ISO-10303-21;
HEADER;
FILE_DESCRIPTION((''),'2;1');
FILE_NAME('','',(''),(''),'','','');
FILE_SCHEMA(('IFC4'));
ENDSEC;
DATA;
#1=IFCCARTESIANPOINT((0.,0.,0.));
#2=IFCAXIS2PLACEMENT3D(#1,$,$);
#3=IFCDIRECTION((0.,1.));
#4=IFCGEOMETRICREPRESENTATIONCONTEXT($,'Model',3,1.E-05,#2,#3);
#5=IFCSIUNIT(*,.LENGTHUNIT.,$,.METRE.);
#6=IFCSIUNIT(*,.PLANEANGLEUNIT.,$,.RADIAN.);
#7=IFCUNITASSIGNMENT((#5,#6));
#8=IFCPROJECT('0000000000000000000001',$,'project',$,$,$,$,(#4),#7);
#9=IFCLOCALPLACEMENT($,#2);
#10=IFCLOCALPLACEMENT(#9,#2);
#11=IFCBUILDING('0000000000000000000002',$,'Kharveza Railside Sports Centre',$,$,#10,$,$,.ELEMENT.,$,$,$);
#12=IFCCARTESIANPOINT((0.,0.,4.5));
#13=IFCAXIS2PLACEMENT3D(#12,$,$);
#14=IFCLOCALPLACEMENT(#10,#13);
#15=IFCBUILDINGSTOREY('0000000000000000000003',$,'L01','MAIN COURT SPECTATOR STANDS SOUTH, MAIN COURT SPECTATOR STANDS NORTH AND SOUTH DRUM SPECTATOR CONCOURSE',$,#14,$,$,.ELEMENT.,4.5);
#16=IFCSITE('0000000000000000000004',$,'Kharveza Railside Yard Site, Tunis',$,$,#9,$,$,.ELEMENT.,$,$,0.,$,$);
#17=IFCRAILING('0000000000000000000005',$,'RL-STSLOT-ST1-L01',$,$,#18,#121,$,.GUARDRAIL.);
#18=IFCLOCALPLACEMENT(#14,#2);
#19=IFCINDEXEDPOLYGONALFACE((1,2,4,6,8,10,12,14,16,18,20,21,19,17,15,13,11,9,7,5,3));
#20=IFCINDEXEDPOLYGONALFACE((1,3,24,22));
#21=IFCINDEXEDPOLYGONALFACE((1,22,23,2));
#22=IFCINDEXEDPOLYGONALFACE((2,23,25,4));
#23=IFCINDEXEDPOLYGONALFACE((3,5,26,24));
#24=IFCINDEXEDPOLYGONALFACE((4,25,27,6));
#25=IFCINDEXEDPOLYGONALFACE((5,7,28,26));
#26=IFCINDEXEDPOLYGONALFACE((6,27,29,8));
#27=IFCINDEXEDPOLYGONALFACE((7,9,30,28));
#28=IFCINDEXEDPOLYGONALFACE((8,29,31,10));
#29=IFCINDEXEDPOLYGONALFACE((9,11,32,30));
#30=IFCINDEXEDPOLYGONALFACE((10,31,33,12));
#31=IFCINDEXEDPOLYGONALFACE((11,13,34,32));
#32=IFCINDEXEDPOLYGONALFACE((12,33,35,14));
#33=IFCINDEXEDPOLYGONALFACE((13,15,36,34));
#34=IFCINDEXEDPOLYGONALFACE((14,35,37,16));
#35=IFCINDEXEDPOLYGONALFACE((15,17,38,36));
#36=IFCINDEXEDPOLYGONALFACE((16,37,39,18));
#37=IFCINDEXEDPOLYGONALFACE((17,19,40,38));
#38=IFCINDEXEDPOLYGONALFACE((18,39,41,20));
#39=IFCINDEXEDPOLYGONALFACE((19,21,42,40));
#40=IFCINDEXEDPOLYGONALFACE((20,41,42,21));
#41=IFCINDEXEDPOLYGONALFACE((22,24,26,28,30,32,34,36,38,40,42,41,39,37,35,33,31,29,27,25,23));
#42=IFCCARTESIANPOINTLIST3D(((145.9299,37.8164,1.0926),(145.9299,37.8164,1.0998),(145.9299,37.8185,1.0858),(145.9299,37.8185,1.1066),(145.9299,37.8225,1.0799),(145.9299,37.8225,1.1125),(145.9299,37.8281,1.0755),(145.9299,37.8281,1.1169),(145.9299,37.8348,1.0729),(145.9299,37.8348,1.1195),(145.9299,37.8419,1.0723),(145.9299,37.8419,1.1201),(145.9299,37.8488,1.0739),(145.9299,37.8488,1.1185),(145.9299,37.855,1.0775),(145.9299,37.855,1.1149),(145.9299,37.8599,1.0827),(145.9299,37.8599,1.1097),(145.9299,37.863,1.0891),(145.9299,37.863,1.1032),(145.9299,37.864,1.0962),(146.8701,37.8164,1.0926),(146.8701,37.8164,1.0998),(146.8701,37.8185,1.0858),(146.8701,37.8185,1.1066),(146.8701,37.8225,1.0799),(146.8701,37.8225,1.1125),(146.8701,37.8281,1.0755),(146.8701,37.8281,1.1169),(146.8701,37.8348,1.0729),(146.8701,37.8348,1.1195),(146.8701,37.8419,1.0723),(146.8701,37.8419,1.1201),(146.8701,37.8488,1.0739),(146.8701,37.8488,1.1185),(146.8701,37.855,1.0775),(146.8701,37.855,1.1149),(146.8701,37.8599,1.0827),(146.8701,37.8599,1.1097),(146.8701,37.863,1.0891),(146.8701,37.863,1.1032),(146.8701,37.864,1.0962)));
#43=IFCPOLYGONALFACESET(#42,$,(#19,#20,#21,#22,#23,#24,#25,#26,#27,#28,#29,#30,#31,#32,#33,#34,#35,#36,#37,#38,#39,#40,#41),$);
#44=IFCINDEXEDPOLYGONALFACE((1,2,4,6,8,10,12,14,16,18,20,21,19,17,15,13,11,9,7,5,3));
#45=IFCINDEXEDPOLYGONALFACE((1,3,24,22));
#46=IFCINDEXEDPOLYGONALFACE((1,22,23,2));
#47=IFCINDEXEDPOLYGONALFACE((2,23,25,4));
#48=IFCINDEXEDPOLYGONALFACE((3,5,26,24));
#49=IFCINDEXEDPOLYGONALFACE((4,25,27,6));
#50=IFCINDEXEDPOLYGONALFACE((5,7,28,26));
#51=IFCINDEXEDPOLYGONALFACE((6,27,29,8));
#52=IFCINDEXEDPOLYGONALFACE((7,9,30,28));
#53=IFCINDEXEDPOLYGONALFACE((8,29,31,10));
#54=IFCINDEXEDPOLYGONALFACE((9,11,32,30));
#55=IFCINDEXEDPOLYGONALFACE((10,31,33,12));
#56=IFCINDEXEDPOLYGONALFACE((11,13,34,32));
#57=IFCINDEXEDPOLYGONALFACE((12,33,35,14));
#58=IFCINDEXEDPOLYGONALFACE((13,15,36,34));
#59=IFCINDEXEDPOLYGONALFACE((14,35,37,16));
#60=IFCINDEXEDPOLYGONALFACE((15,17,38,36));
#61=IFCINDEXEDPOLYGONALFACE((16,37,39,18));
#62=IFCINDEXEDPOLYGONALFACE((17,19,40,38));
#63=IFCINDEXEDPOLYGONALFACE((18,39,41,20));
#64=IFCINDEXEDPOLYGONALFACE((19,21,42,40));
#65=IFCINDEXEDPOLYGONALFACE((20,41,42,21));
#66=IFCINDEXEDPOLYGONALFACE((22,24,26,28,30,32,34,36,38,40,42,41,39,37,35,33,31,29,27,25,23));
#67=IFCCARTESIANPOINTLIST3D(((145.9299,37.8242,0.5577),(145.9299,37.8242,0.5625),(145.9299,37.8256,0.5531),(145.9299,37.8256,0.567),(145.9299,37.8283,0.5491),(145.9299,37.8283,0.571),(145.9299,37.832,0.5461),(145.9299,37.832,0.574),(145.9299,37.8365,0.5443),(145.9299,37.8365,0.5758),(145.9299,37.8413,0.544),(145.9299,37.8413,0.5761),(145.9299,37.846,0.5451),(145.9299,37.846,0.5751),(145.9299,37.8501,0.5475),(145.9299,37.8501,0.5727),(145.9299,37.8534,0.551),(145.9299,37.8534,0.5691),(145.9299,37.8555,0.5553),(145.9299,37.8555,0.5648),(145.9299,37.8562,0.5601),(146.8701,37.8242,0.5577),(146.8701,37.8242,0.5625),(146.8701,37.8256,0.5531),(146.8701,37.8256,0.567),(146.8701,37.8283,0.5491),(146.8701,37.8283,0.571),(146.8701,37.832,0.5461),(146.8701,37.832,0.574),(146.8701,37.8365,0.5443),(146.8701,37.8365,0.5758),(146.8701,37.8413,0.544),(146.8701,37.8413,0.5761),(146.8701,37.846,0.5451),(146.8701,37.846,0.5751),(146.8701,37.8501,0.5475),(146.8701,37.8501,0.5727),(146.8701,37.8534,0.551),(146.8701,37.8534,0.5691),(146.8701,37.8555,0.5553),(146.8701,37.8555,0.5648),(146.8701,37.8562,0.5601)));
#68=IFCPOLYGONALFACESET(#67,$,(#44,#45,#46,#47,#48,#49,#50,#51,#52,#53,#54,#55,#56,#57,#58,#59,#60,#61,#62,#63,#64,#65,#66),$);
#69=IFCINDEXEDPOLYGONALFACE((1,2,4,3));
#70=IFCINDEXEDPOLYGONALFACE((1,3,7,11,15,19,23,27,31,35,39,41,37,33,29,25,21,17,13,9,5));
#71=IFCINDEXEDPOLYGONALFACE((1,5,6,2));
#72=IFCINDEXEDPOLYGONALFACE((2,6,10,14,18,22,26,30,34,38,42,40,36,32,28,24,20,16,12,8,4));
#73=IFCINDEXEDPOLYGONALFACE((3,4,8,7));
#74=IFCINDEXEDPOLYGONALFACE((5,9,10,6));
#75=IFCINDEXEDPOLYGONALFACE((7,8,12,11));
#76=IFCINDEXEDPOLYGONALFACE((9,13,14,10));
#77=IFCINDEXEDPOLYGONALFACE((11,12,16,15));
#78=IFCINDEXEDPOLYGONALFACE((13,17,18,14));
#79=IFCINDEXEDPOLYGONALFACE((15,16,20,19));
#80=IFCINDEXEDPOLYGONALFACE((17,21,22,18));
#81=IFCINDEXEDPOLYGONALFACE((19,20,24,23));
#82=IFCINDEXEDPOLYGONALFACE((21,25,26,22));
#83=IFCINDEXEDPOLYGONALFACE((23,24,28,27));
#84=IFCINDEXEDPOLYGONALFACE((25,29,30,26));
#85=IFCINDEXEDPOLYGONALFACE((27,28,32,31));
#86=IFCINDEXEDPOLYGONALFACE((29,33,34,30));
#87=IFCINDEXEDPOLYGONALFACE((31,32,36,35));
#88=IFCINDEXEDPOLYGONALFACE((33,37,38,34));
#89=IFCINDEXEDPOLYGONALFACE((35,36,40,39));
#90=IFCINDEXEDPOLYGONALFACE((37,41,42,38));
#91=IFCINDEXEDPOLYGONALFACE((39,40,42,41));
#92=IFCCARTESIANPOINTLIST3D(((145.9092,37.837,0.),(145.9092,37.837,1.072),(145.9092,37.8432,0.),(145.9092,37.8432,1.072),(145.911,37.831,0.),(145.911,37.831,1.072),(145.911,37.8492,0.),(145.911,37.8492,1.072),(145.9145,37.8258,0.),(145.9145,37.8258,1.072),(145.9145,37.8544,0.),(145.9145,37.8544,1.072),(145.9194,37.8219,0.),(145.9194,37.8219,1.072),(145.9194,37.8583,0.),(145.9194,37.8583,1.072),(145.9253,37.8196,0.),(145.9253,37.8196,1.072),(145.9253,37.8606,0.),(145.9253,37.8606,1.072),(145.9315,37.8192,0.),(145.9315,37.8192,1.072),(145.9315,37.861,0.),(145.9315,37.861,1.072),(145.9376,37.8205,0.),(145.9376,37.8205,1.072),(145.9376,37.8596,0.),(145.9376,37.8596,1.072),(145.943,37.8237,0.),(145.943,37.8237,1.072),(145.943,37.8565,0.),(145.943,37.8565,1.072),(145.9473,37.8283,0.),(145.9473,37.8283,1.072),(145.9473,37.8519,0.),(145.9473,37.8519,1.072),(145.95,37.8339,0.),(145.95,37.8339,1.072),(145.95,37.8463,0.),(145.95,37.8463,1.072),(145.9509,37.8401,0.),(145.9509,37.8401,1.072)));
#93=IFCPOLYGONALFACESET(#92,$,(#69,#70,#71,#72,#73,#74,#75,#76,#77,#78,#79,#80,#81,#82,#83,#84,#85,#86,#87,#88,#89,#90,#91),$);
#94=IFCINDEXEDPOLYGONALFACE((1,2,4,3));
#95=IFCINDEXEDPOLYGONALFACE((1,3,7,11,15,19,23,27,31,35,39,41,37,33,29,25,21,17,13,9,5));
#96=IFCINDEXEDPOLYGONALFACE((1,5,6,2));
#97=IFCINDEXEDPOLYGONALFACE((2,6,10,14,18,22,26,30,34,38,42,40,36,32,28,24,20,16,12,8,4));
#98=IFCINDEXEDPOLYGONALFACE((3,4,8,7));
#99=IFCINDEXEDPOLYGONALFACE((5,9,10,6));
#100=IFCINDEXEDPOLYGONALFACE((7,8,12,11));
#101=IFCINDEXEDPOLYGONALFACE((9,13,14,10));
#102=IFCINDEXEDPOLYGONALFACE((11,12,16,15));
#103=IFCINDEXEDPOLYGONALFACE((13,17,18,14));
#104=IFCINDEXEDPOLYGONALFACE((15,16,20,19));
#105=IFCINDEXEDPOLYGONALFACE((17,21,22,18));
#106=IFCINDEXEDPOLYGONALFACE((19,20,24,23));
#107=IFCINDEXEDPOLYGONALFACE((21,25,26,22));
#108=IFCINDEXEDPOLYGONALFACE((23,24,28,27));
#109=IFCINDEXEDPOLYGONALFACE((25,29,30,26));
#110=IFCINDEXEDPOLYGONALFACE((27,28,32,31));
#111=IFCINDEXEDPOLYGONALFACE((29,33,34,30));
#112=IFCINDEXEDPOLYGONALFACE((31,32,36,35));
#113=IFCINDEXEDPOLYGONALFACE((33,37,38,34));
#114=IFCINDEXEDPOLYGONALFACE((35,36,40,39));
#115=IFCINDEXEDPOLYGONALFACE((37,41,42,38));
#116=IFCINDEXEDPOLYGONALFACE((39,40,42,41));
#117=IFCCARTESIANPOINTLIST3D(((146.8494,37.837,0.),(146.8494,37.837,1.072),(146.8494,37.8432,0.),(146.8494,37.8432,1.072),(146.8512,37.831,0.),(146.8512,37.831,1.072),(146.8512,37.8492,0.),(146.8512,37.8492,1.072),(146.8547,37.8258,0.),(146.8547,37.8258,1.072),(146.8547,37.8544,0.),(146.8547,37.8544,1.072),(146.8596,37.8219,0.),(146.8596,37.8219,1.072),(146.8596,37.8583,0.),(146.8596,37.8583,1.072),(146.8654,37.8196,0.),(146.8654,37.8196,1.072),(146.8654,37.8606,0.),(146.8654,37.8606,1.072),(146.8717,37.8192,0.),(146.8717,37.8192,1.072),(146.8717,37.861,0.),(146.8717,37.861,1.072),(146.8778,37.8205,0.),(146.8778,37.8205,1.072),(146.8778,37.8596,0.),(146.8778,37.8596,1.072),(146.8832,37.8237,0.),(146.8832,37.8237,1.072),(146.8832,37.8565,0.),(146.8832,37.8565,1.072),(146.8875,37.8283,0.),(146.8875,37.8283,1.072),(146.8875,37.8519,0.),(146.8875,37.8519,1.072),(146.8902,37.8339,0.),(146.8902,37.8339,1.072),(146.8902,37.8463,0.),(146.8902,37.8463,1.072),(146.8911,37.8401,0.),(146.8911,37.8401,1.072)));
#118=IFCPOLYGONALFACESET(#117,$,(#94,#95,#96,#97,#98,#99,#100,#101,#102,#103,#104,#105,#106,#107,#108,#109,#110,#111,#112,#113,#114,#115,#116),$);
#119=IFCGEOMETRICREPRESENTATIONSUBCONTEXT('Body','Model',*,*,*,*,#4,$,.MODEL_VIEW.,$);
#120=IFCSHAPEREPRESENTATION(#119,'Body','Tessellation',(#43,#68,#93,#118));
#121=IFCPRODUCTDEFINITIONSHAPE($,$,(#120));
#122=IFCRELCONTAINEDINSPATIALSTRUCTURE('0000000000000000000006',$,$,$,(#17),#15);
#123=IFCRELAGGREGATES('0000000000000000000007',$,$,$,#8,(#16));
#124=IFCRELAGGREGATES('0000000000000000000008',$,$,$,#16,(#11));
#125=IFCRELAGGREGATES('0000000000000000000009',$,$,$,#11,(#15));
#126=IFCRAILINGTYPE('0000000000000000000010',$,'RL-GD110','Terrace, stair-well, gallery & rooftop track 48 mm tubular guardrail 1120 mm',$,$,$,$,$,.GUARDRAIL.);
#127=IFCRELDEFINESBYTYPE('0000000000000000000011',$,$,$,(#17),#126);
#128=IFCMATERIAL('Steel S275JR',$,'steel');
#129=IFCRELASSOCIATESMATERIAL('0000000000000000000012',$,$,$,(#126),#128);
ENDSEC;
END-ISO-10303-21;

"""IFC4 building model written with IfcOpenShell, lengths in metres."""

from ifc_helpers import new_model, si_unit, direction, frame, origin, origin_2d, place, context, subcontext, project, spatial, circle, extrude, material, type_object, element, save


model = new_model("IFC4")

# Units and contexts
model_context = context("Model", 3, precision=1e-05, world=origin(), true_north=direction((0.0, 1.0)))
body_context = subcontext(model_context, "Body", "Model", "MODEL_VIEW")
ifc_project = project(units=[si_unit("LENGTHUNIT", "METRE"), si_unit("PLANEANGLEUNIT", "RADIAN")], contexts=[model_context])

# Site, building, storey
site_placement = place(None, origin())
site = spatial("IfcSite", under=ifc_project, at=site_placement, Name="Kharveza Railside Yard Site, Tunis", CompositionType="ELEMENT", RefElevation=0.0)
building_placement = place(site_placement, origin())
building = spatial("IfcBuilding", under=site, at=building_placement, Name="Kharveza Railside Sports Centre", CompositionType="ELEMENT")
storey_placement = place(building_placement, frame((0.0, 0.0, 4.5)))
storey = spatial("IfcBuildingStorey", under=building, at=storey_placement, Name="L01", Description="MAIN COURT SPECTATOR STANDS SOUTH, MAIN COURT SPECTATOR STANDS NORTH AND SOUTH DRUM SPECTATOR CONCOURSE", CompositionType="ELEMENT", Elevation=4.5)

# Railing
ifc_material_1 = material(Name="Steel S275JR", Category="steel")
railing_type_1 = type_object("IfcRailingType", Name="RL-GD110", Description="Terrace, stair-well, gallery & rooftop track 48 mm tubular guardrail 1120 mm", PredefinedType="GUARDRAIL", material=ifc_material_1)
railing_1_placement = place(storey_placement, frame((145.9299, 37.8401, 0.0)))
element("IfcRailing", 1, at=railing_1_placement, inside=storey, type_object=railing_type_1, Name="RL-STSLOT-ST1-L01", PredefinedType="GUARDRAIL", context=body_context, shape_type="SweptSolid", body=[
    extrude(circle(Radius=0.0239, at=origin_2d()), frame((0.0, 0.0, 1.0962), z_axis=(1.0, 0.0, 0.0), x_axis=(0.0, 1.0, 0.0)), (0.0, 0.0, 1.0), 0.9402),
    extrude(circle(Radius=0.0161, at=origin_2d()), frame((0.0, 0.0, 0.5601), z_axis=(1.0, 0.0, 0.0), x_axis=(0.0, 1.0, 0.0)), (0.0, 0.0, 1.0), 0.9402),
    extrude(circle(Radius=0.021, at=origin_2d()), origin(), (0.0, 0.0, 1.0), 1.072),
    extrude(circle(Radius=0.021, at=origin_2d()), frame((0.9402, 0.0, 0.0)), (0.0, 0.0, 1.0), 1.072),
])

save(model, "model.ifc")
